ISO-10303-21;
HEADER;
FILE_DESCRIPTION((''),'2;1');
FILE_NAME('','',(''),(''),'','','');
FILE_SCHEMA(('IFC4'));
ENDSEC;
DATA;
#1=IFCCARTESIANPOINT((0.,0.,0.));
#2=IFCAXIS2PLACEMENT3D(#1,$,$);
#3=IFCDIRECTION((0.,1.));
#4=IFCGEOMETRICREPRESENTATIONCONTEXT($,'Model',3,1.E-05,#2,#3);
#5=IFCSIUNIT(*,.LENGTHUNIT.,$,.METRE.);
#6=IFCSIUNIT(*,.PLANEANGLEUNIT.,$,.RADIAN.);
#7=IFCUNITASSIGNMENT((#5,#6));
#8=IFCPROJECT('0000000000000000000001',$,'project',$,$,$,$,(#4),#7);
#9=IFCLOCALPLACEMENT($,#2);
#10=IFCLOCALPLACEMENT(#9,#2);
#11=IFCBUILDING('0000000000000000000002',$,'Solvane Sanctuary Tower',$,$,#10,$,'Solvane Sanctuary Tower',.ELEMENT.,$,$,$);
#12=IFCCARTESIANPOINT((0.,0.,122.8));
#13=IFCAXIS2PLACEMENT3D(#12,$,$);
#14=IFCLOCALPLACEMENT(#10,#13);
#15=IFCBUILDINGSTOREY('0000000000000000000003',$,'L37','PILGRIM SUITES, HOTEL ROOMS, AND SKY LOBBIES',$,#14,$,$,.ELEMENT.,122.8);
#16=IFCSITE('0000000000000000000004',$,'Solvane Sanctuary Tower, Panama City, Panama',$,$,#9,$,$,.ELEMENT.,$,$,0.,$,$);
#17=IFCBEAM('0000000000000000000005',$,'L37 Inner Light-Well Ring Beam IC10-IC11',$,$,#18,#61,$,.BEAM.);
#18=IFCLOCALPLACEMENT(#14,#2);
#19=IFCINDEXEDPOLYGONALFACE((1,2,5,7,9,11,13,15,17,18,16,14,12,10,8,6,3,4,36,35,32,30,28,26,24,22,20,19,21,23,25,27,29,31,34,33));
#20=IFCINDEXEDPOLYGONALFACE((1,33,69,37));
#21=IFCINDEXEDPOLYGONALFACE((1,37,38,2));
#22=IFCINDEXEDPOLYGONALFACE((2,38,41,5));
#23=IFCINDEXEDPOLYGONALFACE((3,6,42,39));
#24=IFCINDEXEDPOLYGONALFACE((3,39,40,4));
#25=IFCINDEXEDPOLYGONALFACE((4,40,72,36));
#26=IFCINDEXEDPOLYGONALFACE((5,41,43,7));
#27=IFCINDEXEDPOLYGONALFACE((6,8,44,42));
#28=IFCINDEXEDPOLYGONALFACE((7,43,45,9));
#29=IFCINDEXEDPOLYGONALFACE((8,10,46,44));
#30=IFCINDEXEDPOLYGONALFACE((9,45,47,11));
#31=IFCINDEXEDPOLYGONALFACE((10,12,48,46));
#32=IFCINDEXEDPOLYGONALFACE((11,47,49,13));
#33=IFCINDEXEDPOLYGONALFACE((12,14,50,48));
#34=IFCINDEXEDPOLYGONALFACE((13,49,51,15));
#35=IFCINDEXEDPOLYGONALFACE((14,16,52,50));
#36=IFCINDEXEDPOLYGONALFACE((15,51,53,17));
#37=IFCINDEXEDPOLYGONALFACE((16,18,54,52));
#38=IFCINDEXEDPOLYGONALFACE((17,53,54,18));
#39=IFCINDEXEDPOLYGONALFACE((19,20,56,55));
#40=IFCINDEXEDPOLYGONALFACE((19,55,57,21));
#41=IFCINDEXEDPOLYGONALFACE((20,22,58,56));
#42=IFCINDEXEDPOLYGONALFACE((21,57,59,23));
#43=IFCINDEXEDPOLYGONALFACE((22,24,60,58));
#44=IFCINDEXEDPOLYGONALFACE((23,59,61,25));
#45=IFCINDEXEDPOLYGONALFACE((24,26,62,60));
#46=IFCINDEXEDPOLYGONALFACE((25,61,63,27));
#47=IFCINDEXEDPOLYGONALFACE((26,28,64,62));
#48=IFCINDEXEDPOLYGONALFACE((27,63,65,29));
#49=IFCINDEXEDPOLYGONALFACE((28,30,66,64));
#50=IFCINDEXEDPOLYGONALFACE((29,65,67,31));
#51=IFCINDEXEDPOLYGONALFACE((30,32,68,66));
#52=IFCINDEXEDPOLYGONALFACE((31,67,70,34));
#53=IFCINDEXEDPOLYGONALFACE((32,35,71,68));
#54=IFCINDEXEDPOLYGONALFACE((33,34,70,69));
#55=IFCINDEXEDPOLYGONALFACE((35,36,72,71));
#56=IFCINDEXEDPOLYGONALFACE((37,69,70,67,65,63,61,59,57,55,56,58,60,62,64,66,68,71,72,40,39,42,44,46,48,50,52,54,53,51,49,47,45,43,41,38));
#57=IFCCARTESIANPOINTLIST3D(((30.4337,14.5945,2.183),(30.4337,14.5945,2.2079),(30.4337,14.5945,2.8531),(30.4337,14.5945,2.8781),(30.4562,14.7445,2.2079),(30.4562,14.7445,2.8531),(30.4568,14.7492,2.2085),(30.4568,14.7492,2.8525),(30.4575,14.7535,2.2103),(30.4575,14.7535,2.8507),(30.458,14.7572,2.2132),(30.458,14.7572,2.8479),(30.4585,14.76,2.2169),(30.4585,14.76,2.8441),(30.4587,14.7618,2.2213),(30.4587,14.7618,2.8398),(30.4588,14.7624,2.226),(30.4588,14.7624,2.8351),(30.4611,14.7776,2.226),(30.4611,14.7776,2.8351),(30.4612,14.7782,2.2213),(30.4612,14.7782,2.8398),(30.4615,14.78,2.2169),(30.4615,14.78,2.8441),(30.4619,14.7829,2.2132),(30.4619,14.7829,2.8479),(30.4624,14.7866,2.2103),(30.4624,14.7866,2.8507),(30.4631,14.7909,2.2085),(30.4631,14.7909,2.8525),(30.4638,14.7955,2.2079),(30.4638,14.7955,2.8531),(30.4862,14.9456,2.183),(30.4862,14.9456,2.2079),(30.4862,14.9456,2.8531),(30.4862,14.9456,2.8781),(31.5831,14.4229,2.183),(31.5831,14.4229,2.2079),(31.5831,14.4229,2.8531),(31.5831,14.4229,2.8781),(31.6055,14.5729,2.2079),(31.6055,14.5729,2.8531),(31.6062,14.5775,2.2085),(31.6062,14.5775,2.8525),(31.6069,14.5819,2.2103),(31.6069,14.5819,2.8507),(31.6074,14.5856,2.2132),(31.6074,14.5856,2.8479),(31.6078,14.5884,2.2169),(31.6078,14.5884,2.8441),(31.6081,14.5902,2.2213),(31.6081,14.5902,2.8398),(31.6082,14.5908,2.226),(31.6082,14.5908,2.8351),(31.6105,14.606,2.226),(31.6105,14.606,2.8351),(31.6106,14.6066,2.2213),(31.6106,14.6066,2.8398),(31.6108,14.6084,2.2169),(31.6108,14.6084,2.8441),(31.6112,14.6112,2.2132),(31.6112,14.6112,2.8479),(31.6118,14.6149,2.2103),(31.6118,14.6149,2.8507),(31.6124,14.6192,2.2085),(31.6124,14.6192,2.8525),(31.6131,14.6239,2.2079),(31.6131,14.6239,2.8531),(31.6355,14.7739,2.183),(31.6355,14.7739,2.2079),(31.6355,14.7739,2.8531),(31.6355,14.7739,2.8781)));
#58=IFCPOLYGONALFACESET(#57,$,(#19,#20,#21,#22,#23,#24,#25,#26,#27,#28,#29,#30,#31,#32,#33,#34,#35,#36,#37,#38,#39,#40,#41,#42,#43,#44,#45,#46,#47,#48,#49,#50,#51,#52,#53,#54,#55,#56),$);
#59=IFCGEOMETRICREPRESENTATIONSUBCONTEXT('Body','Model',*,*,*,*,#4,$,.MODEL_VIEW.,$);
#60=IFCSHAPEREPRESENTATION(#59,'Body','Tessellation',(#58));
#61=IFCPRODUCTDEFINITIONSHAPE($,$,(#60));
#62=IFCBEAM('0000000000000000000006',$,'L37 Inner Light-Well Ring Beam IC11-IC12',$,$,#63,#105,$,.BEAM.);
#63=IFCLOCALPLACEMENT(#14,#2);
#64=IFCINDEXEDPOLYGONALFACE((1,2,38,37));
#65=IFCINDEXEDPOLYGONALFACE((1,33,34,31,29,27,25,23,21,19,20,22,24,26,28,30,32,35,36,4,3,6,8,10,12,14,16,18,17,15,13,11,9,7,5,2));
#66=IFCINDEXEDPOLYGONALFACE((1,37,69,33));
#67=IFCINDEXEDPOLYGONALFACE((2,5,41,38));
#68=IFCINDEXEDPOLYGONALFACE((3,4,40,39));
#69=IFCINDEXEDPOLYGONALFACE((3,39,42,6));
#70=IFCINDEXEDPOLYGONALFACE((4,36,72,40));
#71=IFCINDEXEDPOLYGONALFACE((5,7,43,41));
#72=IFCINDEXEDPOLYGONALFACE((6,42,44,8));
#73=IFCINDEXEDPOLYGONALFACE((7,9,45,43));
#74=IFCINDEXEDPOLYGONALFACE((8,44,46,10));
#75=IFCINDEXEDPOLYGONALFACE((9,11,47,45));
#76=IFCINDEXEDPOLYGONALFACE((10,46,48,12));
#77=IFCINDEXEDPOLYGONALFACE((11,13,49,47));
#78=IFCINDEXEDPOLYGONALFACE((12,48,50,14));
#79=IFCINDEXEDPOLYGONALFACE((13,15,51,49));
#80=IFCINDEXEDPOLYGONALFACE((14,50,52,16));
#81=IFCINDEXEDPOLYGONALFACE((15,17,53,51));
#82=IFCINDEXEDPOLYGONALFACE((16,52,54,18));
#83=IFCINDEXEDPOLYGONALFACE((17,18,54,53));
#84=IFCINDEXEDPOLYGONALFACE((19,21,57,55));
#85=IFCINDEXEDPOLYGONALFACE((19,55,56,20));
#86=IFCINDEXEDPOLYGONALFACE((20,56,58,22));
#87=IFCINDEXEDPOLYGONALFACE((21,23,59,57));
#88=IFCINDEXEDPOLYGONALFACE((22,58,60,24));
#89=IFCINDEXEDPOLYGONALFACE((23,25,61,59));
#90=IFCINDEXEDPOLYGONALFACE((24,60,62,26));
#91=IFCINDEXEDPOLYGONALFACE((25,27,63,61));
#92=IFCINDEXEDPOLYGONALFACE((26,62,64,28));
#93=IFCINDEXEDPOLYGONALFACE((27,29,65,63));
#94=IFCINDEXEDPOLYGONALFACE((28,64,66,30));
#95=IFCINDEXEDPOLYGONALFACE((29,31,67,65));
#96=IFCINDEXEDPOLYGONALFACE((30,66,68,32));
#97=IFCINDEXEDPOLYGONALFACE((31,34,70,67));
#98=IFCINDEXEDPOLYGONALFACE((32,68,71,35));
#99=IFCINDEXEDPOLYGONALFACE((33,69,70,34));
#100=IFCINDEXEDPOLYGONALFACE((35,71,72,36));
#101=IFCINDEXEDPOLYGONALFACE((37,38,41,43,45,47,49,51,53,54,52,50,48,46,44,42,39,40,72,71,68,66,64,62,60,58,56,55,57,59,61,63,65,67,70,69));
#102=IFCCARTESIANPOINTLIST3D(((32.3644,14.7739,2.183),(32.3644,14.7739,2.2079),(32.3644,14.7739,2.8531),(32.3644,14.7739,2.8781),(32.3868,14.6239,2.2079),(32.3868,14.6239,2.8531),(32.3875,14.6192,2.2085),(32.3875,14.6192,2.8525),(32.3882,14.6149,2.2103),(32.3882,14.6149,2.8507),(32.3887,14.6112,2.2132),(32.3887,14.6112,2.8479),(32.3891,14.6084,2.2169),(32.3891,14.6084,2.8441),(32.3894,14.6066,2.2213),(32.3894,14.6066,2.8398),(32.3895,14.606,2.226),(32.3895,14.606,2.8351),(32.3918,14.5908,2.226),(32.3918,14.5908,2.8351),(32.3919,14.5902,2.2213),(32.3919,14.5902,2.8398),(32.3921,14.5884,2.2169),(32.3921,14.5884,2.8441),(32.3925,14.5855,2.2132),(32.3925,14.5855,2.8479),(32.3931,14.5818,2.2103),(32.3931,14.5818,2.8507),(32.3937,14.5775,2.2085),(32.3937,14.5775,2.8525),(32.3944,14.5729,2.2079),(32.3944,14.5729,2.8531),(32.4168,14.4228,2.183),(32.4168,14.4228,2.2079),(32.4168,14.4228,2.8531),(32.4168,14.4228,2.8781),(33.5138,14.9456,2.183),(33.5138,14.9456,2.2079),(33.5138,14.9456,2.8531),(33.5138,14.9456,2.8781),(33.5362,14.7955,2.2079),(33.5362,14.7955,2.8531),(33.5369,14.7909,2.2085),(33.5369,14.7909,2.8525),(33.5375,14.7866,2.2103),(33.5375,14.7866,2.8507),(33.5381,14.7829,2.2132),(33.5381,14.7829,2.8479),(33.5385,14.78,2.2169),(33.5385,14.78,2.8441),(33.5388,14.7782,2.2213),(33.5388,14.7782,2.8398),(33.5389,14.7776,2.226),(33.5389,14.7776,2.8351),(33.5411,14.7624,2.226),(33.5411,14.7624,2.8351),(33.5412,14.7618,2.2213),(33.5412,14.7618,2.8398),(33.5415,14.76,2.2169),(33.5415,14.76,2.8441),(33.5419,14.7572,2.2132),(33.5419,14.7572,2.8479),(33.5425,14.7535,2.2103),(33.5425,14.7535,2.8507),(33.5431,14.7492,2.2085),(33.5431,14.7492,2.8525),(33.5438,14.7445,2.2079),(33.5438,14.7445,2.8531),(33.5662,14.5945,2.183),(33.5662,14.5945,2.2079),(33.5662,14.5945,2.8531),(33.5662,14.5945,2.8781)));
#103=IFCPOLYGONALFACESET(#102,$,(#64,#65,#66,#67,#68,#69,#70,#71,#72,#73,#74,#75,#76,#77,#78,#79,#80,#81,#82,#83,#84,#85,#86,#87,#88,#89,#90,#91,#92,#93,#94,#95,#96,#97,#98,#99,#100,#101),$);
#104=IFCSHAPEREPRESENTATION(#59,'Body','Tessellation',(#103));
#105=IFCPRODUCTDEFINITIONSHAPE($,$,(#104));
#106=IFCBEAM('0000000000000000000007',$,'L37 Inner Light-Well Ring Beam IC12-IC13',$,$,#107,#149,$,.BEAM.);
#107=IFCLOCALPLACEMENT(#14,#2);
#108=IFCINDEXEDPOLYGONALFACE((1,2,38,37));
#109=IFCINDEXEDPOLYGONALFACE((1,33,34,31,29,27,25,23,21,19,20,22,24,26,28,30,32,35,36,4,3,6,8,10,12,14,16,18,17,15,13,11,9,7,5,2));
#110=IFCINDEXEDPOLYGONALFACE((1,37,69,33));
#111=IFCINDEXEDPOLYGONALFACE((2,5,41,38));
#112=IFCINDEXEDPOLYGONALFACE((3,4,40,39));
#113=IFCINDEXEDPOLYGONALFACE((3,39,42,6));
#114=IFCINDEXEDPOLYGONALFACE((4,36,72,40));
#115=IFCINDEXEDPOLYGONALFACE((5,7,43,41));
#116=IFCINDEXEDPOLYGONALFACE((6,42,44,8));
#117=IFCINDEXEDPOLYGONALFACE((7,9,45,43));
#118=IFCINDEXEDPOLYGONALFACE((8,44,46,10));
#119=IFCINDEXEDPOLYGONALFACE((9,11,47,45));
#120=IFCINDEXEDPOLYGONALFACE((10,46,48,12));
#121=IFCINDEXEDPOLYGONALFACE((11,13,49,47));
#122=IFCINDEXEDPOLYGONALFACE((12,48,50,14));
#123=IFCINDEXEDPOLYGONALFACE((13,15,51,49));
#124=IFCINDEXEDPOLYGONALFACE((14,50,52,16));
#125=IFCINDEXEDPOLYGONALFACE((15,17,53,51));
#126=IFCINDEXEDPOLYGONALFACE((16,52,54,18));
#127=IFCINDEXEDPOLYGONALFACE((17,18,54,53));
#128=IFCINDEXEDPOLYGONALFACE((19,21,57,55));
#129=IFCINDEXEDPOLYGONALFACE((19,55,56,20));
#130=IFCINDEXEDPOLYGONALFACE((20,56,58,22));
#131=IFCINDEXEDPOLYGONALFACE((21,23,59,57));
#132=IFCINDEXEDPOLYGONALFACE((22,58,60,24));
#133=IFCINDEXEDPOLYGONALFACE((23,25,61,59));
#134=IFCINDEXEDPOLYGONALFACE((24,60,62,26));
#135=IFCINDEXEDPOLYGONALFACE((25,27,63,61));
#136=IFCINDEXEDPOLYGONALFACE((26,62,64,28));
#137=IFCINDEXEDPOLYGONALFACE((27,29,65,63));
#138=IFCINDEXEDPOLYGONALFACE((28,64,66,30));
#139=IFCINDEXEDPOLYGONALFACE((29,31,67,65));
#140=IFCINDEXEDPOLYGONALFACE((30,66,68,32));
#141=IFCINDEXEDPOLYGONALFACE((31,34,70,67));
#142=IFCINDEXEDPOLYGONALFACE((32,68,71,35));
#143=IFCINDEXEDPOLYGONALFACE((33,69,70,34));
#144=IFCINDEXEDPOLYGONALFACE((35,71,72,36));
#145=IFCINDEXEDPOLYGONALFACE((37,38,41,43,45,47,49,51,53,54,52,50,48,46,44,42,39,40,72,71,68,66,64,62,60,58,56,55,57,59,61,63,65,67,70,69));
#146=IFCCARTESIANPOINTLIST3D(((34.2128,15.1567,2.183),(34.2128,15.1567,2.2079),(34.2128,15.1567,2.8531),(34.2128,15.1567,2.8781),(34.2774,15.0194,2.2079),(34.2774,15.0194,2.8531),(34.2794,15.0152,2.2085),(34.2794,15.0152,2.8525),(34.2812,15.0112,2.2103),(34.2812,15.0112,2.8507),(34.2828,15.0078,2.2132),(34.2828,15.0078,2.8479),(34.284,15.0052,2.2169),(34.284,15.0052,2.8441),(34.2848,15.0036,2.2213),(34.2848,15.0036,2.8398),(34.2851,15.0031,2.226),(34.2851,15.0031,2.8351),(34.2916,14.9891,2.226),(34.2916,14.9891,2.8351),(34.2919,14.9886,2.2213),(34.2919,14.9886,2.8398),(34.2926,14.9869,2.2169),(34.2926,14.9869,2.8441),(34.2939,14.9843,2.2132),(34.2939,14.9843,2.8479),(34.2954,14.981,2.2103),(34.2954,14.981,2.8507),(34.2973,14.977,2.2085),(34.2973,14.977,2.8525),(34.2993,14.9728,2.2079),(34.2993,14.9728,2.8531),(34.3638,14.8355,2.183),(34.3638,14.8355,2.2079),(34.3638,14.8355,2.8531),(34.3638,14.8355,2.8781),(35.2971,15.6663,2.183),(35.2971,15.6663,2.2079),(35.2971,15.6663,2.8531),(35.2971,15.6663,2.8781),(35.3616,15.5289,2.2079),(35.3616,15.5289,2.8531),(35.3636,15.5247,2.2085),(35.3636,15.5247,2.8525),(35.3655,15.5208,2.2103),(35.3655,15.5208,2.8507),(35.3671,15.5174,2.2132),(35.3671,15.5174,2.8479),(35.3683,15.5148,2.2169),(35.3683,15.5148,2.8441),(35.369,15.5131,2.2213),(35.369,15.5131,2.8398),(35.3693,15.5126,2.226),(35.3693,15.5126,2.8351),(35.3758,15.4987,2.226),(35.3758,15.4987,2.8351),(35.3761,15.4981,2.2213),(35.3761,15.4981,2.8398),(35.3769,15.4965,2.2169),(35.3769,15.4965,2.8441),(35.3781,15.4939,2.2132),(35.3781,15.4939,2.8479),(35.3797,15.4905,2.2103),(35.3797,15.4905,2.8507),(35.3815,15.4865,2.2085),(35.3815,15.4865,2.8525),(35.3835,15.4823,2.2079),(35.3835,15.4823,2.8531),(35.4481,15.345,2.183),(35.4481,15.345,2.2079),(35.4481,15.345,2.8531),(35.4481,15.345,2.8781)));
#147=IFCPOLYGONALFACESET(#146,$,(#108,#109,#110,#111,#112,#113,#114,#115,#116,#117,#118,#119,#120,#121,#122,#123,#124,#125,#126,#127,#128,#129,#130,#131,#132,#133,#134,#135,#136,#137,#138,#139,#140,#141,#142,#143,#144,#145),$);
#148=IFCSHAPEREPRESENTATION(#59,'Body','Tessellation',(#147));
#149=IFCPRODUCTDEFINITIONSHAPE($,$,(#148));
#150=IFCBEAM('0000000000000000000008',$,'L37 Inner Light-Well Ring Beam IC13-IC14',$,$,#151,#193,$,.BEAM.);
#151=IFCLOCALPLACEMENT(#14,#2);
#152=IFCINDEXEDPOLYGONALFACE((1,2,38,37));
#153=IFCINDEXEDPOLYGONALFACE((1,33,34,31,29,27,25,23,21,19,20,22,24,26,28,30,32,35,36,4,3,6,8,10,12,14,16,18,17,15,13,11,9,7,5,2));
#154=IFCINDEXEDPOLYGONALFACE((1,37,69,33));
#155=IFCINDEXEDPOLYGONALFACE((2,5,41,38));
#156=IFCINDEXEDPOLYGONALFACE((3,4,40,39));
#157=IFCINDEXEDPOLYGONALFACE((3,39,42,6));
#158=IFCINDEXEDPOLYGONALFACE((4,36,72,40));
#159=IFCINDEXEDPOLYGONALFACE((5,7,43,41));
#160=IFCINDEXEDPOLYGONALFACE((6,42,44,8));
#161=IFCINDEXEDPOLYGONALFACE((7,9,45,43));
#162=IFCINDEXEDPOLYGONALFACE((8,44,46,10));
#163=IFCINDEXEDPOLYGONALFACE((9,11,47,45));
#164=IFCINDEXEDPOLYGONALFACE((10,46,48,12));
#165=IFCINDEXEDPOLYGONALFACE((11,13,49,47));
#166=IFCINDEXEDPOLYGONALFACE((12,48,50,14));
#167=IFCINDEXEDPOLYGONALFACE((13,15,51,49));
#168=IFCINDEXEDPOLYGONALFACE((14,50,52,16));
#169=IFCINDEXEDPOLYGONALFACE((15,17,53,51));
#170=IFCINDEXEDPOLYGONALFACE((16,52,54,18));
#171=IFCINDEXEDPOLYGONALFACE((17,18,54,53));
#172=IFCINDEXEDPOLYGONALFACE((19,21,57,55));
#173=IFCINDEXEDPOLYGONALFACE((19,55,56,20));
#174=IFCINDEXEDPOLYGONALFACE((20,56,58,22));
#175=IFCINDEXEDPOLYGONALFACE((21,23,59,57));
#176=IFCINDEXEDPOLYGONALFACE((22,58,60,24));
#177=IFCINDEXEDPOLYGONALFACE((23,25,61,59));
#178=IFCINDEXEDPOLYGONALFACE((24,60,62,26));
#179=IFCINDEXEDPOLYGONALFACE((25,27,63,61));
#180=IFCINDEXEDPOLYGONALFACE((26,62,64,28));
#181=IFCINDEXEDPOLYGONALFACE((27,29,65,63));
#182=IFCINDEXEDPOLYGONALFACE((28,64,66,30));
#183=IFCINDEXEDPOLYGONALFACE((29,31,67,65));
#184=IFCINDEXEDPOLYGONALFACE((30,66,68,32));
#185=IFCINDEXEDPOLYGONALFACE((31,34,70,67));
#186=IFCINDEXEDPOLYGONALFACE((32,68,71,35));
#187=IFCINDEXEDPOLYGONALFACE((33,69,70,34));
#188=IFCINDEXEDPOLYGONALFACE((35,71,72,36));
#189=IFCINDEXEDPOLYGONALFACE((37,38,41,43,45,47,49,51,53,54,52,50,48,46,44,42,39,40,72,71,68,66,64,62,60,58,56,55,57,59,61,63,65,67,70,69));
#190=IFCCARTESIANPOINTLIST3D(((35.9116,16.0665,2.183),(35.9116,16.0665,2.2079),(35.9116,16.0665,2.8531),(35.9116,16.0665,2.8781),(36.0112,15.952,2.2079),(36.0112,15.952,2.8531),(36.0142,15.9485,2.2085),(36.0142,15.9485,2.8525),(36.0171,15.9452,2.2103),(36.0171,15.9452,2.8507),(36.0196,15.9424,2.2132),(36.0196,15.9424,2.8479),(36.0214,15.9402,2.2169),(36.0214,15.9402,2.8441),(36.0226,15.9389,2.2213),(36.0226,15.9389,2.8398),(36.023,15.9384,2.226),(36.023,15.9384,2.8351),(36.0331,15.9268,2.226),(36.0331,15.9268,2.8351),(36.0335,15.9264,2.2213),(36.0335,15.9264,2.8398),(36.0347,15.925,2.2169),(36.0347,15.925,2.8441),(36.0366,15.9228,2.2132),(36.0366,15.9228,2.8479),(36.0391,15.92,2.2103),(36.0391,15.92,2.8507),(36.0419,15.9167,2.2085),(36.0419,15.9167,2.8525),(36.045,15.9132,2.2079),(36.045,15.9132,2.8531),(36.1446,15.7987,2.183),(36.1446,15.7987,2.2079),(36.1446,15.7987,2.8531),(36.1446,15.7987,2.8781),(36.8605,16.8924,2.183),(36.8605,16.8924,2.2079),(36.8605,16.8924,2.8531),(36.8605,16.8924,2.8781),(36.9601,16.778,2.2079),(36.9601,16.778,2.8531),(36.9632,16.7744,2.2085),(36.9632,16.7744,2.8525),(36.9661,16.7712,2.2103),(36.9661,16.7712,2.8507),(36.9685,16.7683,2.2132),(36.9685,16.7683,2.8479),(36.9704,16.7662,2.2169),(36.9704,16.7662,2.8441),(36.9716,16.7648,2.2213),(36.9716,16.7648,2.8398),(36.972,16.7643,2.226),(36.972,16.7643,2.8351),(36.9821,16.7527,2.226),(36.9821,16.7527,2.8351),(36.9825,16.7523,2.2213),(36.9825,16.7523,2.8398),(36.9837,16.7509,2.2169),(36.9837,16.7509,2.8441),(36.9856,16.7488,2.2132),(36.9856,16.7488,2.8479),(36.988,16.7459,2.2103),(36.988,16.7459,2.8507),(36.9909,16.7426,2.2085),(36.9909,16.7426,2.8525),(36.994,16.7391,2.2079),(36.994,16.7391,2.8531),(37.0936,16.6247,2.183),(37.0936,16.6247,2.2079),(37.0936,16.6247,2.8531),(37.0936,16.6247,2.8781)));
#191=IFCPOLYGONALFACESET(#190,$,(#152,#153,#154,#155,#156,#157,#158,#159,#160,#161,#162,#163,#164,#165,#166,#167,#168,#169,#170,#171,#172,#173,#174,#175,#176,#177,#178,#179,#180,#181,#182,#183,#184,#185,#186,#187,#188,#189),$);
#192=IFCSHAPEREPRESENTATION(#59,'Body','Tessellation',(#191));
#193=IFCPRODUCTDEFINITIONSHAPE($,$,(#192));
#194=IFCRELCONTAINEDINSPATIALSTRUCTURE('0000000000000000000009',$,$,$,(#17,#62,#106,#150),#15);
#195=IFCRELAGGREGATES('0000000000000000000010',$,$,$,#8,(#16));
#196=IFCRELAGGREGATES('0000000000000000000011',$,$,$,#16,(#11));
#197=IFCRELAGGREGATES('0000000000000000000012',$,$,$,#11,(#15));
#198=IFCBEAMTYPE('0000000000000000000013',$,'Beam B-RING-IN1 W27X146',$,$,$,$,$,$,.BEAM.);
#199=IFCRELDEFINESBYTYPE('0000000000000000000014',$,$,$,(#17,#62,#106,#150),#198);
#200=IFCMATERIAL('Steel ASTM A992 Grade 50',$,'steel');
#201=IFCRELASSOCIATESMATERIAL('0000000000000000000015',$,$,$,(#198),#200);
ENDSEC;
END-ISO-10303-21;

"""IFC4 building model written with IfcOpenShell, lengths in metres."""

from ifc_helpers import new_model, si_unit, direction, frame, origin, origin_2d, place, context, subcontext, project, spatial, i_section, extrude, material, material_profile, profile_set, type_object, element, save


model = new_model("IFC4")

# Units and contexts
model_context = context("Model", 3, precision=1e-05, world=origin(), true_north=direction((0.0, 1.0)))
body_context = subcontext(model_context, "Body", "Model", "MODEL_VIEW")
ifc_project = project(units=[si_unit("LENGTHUNIT", "METRE"), si_unit("PLANEANGLEUNIT", "RADIAN")], contexts=[model_context])

# Site, building, storey
site_placement = place(None, origin())
site = spatial("IfcSite", under=ifc_project, at=site_placement, Name="Solvane Sanctuary Tower, Panama City, Panama", CompositionType="ELEMENT", RefElevation=0.0)
building_placement = place(site_placement, origin())
building = spatial("IfcBuilding", under=site, at=building_placement, Name="Solvane Sanctuary Tower", LongName="Solvane Sanctuary Tower", CompositionType="ELEMENT")
storey_placement = place(building_placement, frame((0.0, 0.0, 122.8)))
storey = spatial("IfcBuildingStorey", under=building, at=storey_placement, Name="L37", Description="PILGRIM SUITES, HOTEL ROOMS, AND SKY LOBBIES", CompositionType="ELEMENT", Elevation=122.8)

# Beams
ifc_material_1 = material(Name="Steel ASTM A992 Grade 50", Category="steel")
ifc_material_profile_1 = material_profile(ifc_material_1, i_section(OverallWidth=0.355, OverallDepth=0.6951, WebThickness=0.0154, FlangeThickness=0.0249, FilletRadius=0.0181, at=origin_2d()), Name="W27X146")
ifc_profile_set_1 = profile_set([ifc_material_profile_1], Name="Steel ASTM A992 Grade 50")
beam_type_1 = type_object("IfcBeamType", Name="Beam B-RING-IN1 W27X146", PredefinedType="BEAM", material=ifc_profile_set_1)
for number, where, z_axis, x_axis, name in (
    (1, (30.46, 14.77, 2.5305), (0.989035, -0.147683, 0.0), (0.147683, 0.989035, 0.0), "L37 Inner Light-Well Ring Beam IC10-IC11"),
    (2, (32.3906, 14.5984, 2.5305), (0.989035, 0.147683, 0.0), (-0.147683, 0.989035, 0.0), "L37 Inner Light-Well Ring Beam IC11-IC12"),
):
    element("IfcBeam", number, at=place(storey_placement, frame(where, z_axis=z_axis, x_axis=x_axis)), inside=storey, type_object=beam_type_1, Name=name, PredefinedType="BEAM", context=body_context, shape_type="SweptSolid", body=[
        extrude(i_section(OverallWidth=0.355, OverallDepth=0.6951, WebThickness=0.0154, FlangeThickness=0.0249, FilletRadius=0.0181, at=origin_2d()), origin(), (0.0, 0.0, 1.0), 1.1621),
    ])
beam_1_placement = place(storey_placement, frame((34.2883, 14.9961, 2.5305), z_axis=(0.905045, 0.425316, 0.0), x_axis=(-0.425316, 0.905045, 0.0)))
element("IfcBeam", 3, at=beam_1_placement, inside=storey, type_object=beam_type_1, Name="L37 Inner Light-Well Ring Beam IC12-IC13", PredefinedType="BEAM", context=body_context, shape_type="SweptSolid", body=[
    extrude(i_section(OverallWidth=0.355, OverallDepth=0.6951, WebThickness=0.0154, FlangeThickness=0.0249, FilletRadius=0.0181, at=origin_2d()), origin(), (0.0, 0.0, 1.0), 1.198),
])
beam_2_placement = place(storey_placement, frame((36.0281, 15.9326, 2.5305), z_axis=(0.754317, 0.65651, 0.0), x_axis=(-0.65651, 0.754317, 0.0)))
element("IfcBeam", 4, at=beam_2_placement, inside=storey, type_object=beam_type_1, Name="L37 Inner Light-Well Ring Beam IC13-IC14", PredefinedType="BEAM", context=body_context, shape_type="SweptSolid", body=[
    extrude(i_section(OverallWidth=0.355, OverallDepth=0.6951, WebThickness=0.0154, FlangeThickness=0.0249, FilletRadius=0.0181, at=origin_2d()), origin(), (0.0, 0.0, 1.0), 1.2581),
])

save(model, "model.ifc")
